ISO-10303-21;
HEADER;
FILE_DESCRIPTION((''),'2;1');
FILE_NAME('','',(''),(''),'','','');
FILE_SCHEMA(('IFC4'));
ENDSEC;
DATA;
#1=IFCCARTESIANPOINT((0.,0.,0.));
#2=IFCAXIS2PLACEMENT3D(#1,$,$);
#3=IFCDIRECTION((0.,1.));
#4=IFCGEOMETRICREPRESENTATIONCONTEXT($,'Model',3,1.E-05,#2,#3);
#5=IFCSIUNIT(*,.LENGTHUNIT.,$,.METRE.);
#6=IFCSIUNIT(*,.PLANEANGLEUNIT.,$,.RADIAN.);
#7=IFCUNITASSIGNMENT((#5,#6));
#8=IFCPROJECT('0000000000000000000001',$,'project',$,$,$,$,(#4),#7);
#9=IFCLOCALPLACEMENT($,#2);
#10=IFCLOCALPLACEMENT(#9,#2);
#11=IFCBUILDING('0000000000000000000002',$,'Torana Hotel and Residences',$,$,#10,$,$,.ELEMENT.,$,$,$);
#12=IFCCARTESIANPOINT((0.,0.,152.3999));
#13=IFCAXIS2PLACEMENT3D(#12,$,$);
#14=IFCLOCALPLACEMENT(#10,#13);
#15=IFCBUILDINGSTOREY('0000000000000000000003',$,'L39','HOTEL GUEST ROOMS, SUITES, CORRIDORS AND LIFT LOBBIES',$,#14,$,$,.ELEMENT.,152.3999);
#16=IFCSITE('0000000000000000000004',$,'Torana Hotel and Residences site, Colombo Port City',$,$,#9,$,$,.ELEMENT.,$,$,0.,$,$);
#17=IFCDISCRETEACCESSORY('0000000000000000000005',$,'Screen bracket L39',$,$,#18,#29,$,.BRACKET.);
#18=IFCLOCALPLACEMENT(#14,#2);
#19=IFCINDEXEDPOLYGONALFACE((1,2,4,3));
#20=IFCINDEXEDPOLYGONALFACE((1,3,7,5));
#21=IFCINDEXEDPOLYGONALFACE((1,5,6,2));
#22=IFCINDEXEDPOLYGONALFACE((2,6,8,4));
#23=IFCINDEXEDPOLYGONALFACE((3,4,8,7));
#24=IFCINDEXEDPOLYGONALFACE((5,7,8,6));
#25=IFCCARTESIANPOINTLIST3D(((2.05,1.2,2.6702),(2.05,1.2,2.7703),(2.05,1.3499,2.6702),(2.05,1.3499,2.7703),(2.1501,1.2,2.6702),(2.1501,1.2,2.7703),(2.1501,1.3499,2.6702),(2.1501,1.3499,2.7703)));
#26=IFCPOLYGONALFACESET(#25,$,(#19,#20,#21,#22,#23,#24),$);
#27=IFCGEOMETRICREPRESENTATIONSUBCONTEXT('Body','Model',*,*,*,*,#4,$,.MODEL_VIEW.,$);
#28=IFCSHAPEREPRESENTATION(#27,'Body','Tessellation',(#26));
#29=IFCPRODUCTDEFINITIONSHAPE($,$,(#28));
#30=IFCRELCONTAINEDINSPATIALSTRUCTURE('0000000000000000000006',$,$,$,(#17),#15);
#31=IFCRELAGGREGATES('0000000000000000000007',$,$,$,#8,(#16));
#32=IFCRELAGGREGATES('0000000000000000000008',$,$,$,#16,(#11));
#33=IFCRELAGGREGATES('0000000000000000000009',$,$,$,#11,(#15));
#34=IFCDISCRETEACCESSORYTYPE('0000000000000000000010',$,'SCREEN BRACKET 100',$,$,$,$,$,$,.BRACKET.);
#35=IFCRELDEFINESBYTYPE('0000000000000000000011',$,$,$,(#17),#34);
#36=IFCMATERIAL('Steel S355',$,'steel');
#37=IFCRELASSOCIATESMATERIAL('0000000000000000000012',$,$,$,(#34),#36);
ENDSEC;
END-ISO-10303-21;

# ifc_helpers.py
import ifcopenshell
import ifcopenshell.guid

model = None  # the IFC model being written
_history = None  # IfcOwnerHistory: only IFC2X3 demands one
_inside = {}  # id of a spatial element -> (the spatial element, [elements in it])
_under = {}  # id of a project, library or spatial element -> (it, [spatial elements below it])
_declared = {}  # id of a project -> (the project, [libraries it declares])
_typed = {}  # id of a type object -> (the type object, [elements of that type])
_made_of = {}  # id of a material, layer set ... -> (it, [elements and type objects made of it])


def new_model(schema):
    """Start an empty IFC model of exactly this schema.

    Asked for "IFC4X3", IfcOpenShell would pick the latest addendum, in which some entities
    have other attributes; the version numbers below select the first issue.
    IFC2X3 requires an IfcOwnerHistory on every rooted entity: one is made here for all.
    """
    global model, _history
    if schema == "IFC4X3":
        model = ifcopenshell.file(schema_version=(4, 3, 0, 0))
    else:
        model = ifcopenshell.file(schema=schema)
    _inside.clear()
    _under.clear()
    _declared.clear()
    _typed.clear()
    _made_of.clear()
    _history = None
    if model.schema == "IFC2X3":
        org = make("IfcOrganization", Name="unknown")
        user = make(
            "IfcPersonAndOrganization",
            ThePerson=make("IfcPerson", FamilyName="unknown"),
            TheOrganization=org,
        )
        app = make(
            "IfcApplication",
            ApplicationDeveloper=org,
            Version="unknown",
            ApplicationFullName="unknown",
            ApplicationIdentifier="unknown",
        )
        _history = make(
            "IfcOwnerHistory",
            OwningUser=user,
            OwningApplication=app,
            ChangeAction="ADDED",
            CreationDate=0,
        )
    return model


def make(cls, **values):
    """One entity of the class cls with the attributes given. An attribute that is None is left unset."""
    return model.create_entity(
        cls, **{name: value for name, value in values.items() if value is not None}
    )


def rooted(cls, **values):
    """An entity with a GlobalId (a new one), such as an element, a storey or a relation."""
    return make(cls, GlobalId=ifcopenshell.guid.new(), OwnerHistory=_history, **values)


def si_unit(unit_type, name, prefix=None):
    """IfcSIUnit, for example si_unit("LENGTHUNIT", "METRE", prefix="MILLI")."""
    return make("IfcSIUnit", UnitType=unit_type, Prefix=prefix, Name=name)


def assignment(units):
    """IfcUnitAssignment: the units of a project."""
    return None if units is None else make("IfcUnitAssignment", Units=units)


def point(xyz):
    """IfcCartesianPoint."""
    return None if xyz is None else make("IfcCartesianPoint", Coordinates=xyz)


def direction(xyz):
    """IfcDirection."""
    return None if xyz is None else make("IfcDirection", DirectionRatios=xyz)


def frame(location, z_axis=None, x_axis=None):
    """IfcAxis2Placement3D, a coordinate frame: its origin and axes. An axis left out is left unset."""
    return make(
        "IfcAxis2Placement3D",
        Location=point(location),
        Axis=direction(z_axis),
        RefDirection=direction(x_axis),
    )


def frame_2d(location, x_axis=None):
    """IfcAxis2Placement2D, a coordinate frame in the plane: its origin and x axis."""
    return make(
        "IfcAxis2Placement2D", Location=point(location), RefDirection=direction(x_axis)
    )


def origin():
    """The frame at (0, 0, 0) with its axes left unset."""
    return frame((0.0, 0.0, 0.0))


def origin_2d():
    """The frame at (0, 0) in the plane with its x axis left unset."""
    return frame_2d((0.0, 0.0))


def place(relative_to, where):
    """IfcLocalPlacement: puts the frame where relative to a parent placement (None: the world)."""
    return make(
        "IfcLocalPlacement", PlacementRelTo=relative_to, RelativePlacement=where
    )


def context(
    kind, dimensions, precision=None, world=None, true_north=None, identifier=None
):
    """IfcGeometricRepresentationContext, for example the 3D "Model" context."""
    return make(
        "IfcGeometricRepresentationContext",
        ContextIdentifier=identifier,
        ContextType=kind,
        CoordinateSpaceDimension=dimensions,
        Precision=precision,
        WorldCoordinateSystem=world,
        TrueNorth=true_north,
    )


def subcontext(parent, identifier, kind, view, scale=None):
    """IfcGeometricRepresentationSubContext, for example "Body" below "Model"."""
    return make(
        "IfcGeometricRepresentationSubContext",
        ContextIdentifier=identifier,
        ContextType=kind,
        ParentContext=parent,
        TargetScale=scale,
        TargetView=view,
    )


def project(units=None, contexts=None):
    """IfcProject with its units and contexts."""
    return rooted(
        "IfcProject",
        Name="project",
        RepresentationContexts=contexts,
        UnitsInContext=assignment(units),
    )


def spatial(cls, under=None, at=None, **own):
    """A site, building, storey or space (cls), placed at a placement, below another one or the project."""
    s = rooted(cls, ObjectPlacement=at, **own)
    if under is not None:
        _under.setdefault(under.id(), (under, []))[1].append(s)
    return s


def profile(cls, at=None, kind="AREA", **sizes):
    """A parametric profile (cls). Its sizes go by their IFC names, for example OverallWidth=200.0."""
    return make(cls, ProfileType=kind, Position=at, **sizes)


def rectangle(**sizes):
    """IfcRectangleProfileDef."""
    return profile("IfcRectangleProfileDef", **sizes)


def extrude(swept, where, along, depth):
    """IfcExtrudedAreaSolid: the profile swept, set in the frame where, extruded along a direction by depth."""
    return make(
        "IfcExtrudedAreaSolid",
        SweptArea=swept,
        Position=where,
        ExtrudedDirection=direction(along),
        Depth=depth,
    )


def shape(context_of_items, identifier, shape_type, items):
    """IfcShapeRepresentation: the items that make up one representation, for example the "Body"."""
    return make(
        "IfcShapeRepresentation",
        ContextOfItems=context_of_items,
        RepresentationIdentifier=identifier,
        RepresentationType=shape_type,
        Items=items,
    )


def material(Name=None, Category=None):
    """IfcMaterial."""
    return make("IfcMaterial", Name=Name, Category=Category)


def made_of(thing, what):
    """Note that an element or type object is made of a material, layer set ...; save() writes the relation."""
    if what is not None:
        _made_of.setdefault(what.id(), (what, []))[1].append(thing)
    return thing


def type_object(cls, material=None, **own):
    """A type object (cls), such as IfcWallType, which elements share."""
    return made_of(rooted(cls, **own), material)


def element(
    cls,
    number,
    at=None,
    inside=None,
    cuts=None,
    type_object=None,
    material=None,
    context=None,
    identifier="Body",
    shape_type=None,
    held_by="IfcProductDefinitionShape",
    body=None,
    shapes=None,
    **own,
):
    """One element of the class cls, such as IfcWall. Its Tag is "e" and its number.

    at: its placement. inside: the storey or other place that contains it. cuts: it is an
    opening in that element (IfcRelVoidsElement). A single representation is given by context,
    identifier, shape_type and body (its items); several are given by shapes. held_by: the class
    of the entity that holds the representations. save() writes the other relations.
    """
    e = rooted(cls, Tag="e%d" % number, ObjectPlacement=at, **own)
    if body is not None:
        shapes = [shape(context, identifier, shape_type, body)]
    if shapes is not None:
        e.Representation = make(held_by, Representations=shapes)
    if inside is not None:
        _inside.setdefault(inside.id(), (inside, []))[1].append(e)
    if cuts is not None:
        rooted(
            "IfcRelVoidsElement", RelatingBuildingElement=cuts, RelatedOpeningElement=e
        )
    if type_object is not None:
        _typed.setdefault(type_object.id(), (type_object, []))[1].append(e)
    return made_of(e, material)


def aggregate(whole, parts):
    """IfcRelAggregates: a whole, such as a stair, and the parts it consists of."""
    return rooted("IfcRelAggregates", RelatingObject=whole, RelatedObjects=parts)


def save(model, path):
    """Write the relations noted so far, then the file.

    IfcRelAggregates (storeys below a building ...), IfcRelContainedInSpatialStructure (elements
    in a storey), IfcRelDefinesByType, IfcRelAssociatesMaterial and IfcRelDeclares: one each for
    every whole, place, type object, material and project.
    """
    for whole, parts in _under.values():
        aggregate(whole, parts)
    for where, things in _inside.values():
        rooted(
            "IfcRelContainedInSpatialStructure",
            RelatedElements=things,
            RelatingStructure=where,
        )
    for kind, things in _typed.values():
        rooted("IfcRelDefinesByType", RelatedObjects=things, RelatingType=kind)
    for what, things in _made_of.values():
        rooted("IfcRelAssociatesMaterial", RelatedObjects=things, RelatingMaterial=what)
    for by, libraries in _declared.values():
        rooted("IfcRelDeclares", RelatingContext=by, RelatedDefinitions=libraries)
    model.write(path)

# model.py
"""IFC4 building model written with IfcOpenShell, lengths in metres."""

from ifc_helpers import new_model, si_unit, direction, frame, origin, origin_2d, place, context, subcontext, project, spatial, rectangle, extrude, material, type_object, element, save


model = new_model("IFC4")

# Units and contexts
model_context = context("Model", 3, precision=1e-05, world=origin(), true_north=direction((0.0, 1.0)))
body_context = subcontext(model_context, "Body", "Model", "MODEL_VIEW")
ifc_project = project(units=[si_unit("LENGTHUNIT", "METRE"), si_unit("PLANEANGLEUNIT", "RADIAN")], contexts=[model_context])

# Site, building, storey
site_placement = place(None, origin())
site = spatial("IfcSite", under=ifc_project, at=site_placement, Name="Torana Hotel and Residences site, Colombo Port City", CompositionType="ELEMENT", RefElevation=0.0)
building_placement = place(site_placement, origin())
building = spatial("IfcBuilding", under=site, at=building_placement, Name="Torana Hotel and Residences", CompositionType="ELEMENT")
storey_placement = place(building_placement, frame((0.0, 0.0, 152.3999)))
storey = spatial("IfcBuildingStorey", under=building, at=storey_placement, Name="L39", Description="HOTEL GUEST ROOMS, SUITES, CORRIDORS AND LIFT LOBBIES", CompositionType="ELEMENT", Elevation=152.3999)

# Discrete accessory
ifc_material_1 = material(Name="Steel S355", Category="steel")
discrete_accessory_type = type_object("IfcDiscreteAccessoryType", Name="SCREEN BRACKET 100", PredefinedType="BRACKET", material=ifc_material_1)
for number, where, z_axis, x_axis, name in (
    (1, (2.1001, 1.2749, 2.6702), (0.0, 0.0, 1.0), (-1.0, 0.0, 0.0), "Screen bracket L39"),
):
    element("IfcDiscreteAccessory", number, at=place(storey_placement, frame(where, z_axis=z_axis, x_axis=x_axis)), inside=storey, type_object=discrete_accessory_type, Name=name, PredefinedType="BRACKET", context=body_context, shape_type="SweptSolid", body=[
        extrude(rectangle(XDim=0.1001, YDim=0.1499, at=origin_2d()), origin(), (0.0, 0.0, 1.0), 0.1001),
    ])

save(model, "model.ifc")
